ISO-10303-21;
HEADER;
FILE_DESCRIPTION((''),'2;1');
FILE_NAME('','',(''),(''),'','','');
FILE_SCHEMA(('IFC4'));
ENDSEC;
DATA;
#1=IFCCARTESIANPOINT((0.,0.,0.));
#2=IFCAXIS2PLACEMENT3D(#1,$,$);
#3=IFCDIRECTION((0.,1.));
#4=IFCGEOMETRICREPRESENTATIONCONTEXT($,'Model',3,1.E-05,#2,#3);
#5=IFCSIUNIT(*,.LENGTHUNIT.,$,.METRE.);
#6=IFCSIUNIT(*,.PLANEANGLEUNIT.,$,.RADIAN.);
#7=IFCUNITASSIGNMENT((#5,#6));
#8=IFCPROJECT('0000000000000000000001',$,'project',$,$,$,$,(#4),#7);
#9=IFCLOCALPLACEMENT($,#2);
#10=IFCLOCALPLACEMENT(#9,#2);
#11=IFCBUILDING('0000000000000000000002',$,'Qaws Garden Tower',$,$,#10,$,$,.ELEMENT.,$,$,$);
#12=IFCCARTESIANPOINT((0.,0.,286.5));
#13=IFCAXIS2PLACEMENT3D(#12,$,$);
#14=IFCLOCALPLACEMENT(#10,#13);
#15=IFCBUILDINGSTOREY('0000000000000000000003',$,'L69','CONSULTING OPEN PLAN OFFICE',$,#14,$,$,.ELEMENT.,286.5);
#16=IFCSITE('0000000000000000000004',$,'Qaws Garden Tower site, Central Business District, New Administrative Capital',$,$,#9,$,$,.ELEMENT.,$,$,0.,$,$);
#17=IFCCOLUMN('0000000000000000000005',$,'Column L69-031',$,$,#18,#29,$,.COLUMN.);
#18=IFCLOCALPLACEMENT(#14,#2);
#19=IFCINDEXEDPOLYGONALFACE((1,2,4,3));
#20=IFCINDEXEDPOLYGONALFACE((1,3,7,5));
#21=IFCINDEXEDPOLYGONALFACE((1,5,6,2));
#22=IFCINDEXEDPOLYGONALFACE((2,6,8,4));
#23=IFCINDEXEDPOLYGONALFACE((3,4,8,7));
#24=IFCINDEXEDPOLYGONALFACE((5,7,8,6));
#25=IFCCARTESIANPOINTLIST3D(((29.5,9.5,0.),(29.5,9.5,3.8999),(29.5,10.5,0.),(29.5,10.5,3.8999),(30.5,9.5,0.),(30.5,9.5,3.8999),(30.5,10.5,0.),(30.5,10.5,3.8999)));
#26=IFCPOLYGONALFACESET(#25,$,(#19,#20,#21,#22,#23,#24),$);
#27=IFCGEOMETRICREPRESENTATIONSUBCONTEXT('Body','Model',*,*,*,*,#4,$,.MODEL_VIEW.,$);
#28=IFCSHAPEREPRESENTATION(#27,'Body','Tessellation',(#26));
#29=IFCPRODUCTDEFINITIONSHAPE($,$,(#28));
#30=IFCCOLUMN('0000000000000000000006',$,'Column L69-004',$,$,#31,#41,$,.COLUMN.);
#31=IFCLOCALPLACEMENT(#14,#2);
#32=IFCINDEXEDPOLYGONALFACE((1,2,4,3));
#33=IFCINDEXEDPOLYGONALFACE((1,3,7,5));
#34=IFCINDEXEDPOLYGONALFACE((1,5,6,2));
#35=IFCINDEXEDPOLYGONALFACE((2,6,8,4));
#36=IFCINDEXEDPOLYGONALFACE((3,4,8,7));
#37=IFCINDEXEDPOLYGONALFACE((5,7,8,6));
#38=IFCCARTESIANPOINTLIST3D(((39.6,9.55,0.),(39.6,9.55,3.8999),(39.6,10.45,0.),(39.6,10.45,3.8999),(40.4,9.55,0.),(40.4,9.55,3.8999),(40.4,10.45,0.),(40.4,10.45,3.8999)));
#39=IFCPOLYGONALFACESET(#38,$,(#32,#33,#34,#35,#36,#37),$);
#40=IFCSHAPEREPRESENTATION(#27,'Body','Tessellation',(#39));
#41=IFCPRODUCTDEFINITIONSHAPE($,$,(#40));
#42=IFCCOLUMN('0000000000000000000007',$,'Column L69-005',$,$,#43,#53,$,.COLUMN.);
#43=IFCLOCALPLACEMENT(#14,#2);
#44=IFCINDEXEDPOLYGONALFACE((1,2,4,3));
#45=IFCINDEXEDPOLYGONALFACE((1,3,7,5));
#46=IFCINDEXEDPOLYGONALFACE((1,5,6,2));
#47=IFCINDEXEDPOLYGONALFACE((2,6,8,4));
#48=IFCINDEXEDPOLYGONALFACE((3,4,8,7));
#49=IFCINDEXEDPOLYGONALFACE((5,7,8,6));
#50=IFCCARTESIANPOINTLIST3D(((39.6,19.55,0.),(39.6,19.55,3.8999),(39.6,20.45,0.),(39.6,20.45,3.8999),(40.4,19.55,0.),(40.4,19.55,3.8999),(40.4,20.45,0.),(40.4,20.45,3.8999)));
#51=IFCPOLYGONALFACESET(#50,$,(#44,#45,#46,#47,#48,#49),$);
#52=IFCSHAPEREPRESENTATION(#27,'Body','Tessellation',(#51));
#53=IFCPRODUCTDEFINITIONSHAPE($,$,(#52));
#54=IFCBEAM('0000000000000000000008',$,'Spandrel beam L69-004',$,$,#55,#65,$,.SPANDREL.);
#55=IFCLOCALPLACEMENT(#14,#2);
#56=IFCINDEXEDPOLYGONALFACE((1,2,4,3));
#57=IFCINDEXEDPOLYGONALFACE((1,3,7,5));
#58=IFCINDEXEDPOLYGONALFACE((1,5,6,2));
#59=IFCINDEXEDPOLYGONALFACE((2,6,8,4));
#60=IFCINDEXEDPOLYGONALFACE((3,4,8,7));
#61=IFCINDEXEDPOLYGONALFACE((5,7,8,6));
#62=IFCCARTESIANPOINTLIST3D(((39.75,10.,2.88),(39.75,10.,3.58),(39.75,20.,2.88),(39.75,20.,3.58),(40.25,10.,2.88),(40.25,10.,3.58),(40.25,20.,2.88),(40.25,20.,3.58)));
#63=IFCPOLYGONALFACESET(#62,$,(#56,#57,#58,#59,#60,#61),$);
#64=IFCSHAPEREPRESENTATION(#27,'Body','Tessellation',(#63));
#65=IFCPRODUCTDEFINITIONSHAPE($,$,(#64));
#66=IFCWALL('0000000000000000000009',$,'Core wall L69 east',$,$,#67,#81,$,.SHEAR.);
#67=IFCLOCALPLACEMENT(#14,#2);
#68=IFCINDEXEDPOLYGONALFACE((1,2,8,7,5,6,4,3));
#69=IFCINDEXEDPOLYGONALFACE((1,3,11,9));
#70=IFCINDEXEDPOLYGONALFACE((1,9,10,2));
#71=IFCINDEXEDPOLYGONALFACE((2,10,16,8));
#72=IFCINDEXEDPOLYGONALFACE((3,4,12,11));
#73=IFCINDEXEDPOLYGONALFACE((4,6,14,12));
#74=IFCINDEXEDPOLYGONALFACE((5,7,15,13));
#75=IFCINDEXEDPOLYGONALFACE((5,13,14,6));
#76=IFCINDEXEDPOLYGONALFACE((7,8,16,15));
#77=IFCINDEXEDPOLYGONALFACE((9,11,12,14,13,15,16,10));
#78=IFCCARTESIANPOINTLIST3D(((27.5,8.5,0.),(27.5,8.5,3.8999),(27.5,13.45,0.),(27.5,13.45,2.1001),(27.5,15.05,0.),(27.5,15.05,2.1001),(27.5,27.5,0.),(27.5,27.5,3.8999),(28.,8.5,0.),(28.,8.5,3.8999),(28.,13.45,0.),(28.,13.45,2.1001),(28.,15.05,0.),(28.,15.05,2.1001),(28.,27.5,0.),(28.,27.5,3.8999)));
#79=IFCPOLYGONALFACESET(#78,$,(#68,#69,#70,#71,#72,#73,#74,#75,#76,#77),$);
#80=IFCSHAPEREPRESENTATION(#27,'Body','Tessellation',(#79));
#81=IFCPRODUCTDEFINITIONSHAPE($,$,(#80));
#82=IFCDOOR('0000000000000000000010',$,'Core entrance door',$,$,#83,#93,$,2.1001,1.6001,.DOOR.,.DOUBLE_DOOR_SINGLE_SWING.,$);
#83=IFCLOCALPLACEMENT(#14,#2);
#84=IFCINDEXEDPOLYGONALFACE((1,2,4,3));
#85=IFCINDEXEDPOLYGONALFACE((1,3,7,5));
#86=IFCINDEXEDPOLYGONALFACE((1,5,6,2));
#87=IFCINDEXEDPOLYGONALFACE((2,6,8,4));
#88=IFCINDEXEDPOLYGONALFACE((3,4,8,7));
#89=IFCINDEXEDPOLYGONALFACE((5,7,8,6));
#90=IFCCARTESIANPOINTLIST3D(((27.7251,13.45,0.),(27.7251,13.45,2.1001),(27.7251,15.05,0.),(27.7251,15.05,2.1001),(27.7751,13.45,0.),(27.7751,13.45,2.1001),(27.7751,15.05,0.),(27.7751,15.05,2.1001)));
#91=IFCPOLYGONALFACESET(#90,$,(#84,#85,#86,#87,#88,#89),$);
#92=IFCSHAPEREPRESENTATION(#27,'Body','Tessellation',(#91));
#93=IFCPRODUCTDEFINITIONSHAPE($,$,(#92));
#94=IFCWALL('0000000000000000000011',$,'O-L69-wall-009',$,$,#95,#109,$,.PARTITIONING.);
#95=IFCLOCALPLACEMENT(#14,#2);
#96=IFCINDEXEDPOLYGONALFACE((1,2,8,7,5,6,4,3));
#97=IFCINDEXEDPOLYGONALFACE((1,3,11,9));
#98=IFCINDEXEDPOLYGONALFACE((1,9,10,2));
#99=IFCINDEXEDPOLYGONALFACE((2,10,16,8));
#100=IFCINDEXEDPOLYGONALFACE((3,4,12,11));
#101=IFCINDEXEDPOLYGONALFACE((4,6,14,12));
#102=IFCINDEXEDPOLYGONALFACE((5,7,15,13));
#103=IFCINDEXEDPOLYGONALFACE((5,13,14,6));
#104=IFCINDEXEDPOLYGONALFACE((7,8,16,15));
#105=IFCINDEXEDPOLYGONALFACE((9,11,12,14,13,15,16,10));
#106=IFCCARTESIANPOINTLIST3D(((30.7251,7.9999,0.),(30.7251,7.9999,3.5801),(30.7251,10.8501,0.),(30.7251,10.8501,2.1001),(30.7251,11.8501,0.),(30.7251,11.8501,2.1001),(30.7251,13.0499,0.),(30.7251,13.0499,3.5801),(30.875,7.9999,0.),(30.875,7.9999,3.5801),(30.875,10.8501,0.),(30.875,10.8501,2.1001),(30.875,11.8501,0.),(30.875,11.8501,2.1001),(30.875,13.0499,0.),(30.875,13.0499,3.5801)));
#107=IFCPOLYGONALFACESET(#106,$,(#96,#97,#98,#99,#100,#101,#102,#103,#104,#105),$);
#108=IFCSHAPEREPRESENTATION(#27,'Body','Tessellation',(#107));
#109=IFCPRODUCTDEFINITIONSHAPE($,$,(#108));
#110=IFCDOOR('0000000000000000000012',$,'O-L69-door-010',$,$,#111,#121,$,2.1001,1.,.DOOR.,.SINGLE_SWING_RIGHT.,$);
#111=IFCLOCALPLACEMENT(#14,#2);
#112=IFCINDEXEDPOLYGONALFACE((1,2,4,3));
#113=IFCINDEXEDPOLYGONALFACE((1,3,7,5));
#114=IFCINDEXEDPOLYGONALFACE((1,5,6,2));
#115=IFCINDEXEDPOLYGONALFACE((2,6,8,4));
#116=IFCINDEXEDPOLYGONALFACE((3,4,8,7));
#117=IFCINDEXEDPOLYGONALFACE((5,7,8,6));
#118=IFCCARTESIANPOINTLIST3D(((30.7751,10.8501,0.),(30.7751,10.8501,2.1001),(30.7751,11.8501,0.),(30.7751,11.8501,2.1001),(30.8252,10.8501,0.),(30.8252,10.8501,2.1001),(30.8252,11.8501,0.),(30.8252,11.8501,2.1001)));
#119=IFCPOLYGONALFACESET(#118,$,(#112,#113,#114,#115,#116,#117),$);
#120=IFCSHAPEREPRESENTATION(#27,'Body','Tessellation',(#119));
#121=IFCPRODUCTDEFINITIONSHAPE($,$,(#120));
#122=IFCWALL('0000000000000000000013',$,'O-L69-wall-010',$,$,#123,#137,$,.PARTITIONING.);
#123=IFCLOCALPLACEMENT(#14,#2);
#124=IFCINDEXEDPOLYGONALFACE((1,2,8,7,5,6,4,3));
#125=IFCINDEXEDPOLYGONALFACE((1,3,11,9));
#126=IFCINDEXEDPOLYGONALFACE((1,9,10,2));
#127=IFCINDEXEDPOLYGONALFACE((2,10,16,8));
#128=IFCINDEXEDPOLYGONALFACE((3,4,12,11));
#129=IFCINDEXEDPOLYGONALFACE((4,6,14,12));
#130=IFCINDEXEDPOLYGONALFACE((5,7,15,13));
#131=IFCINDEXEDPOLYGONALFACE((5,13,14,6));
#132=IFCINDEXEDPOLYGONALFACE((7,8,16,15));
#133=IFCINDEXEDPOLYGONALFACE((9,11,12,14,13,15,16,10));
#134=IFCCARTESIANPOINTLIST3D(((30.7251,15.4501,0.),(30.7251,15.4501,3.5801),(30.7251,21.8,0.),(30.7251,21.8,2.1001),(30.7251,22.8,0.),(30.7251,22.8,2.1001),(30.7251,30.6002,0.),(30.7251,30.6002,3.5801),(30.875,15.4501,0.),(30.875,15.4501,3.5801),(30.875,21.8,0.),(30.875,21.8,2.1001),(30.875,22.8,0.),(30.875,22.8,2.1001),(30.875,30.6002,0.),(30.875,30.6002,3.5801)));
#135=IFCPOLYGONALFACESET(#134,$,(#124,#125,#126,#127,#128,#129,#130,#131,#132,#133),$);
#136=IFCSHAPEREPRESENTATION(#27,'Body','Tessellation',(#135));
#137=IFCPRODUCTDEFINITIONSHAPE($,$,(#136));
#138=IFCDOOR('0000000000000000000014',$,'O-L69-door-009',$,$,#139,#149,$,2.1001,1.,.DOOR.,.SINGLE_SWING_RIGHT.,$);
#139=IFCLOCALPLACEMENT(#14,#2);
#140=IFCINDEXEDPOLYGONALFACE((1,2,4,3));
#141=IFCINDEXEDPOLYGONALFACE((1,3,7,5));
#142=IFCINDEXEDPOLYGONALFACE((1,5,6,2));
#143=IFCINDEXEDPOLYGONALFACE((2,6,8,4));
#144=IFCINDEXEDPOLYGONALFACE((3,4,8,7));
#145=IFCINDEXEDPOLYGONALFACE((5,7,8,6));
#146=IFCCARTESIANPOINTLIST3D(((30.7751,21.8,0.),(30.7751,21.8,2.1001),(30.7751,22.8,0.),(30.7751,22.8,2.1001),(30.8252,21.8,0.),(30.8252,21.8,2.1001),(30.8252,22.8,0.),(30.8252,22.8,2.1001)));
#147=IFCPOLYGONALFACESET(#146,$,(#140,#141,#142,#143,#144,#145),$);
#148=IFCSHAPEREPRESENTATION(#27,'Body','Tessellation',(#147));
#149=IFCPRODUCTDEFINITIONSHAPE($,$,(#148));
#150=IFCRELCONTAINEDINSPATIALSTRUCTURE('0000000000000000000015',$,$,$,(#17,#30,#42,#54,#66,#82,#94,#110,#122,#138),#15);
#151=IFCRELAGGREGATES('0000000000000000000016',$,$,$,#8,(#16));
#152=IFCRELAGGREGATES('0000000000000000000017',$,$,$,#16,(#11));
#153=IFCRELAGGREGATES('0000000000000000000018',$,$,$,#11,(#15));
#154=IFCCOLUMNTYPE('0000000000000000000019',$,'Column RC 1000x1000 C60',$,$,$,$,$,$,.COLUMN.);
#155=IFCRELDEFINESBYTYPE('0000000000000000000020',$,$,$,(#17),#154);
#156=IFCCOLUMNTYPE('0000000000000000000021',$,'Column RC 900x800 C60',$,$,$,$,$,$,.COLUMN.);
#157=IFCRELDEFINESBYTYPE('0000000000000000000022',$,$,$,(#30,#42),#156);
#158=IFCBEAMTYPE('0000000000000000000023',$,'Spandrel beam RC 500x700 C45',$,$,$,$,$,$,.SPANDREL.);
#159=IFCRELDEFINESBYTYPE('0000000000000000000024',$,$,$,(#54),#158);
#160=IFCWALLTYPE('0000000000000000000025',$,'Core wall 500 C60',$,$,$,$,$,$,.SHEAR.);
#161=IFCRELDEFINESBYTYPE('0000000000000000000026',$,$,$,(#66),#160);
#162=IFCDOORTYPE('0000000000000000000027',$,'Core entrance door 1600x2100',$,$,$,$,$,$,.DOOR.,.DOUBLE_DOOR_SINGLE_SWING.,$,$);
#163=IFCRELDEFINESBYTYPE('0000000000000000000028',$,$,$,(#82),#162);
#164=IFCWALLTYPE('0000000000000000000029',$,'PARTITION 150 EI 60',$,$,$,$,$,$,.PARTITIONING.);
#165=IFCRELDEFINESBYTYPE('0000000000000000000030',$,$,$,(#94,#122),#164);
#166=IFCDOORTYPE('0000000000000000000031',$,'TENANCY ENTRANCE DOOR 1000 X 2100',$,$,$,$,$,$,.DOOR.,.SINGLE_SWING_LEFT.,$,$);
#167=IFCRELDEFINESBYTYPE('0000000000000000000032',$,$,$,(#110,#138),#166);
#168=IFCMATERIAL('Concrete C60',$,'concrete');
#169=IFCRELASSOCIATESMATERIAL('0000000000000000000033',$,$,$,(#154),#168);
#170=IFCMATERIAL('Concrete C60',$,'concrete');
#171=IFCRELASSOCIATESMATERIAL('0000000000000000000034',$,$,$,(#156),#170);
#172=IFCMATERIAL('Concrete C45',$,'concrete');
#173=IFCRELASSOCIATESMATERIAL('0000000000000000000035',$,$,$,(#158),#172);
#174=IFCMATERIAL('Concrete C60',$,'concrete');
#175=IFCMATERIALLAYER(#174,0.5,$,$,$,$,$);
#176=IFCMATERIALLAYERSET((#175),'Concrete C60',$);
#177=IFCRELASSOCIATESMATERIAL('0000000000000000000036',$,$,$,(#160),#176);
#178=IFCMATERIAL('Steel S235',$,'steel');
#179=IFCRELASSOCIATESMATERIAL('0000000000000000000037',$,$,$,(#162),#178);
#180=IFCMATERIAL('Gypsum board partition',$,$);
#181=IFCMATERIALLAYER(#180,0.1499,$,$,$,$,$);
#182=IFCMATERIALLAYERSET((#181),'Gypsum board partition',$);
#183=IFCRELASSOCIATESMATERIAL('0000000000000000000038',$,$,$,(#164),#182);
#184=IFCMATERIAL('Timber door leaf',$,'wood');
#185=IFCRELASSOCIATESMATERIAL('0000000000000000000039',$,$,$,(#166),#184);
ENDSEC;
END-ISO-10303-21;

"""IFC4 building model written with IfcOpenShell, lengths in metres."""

from ifc_helpers import new_model, si_unit, direction, frame, frame_2d, origin, origin_2d, place, context, subcontext, project, spatial, rectangle, extrude, material, layer, layer_set, material_profile, profile_set, type_object, element, fill, save


model = new_model("IFC4")

# Units and contexts
model_context = context("Model", 3, precision=1e-05, world=origin(), true_north=direction((0.0, 1.0)))
body_context = subcontext(model_context, "Body", "Model", "MODEL_VIEW")
ifc_project = project(units=[si_unit("LENGTHUNIT", "METRE"), si_unit("PLANEANGLEUNIT", "RADIAN")], contexts=[model_context])

# Site, building, storey
site_placement = place(None, origin())
site = spatial("IfcSite", under=ifc_project, at=site_placement, Name="Qaws Garden Tower site, Central Business District, New Administrative Capital", CompositionType="ELEMENT", RefElevation=0.0)
building_placement = place(site_placement, origin())
building = spatial("IfcBuilding", under=site, at=building_placement, Name="Qaws Garden Tower", CompositionType="ELEMENT")
storey_placement = place(building_placement, frame((0.0, 0.0, 286.5)))
storey = spatial("IfcBuildingStorey", under=building, at=storey_placement, Name="L69", Description="CONSULTING OPEN PLAN OFFICE", CompositionType="ELEMENT", Elevation=286.5)

# Columns
ifc_material_1 = material(Name="Concrete C60", Category="concrete")
ifc_material_profile_1 = material_profile(ifc_material_1, rectangle(XDim=1.0, YDim=1.0, at=origin_2d()), Name="RC 1000x1000")
ifc_profile_set_1 = profile_set([ifc_material_profile_1], Name="Concrete C60")
column_type_1 = type_object("IfcColumnType", Name="Column RC 1000x1000 C60", PredefinedType="COLUMN", material=ifc_profile_set_1)
column_placement = place(storey_placement, frame((30.0, 10.0, 0.0), z_axis=(0.0, 0.0, 1.0), x_axis=(1.0, 0.0, 0.0)))
element("IfcColumn", 1, at=column_placement, inside=storey, type_object=column_type_1, Name="Column L69-031", PredefinedType="COLUMN", context=body_context, shape_type="SweptSolid", body=[
    extrude(rectangle(XDim=1.0, YDim=1.0, at=origin_2d()), origin(), (0.0, 0.0, 1.0), 3.8999),
])
ifc_material_2 = material(Name="Concrete C60", Category="concrete")
ifc_material_profile_2 = material_profile(ifc_material_2, rectangle(XDim=0.8999, YDim=0.8, at=origin_2d()), Name="RC 900x800")
ifc_profile_set_2 = profile_set([ifc_material_profile_2], Name="Concrete C60")
column_type_2 = type_object("IfcColumnType", Name="Column RC 900x800 C60", PredefinedType="COLUMN", material=ifc_profile_set_2)
for number, where, z_axis, x_axis, name in (
    (2, (40.0, 10.0, 0.0), (0.0, 0.0, 1.0), (0.0, 1.0, 0.0), "Column L69-004"),
    (3, (40.0, 20.0, 0.0), (0.0, 0.0, 1.0), (0.0, 1.0, 0.0), "Column L69-005"),
):
    element("IfcColumn", number, at=place(storey_placement, frame(where, z_axis=z_axis, x_axis=x_axis)), inside=storey, type_object=column_type_2, Name=name, PredefinedType="COLUMN", context=body_context, shape_type="SweptSolid", body=[
        extrude(rectangle(XDim=0.8999, YDim=0.8, at=origin_2d()), origin(), (0.0, 0.0, 1.0), 3.8999),
    ])

# Beam
ifc_material_3 = material(Name="Concrete C45", Category="concrete")
ifc_material_profile_3 = material_profile(ifc_material_3, rectangle(XDim=0.5, YDim=0.7, at=origin_2d()), Name="RC 500x700")
ifc_profile_set_3 = profile_set([ifc_material_profile_3], Name="Concrete C45")
beam_type = type_object("IfcBeamType", Name="Spandrel beam RC 500x700 C45", PredefinedType="SPANDREL", material=ifc_profile_set_3)
beam_placement = place(storey_placement, frame((40.0, 10.0, 3.23), z_axis=(0.0, 1.0, 0.0), x_axis=(-1.0, 0.0, 0.0)))
element("IfcBeam", 4, at=beam_placement, inside=storey, type_object=beam_type, Name="Spandrel beam L69-004", PredefinedType="SPANDREL", context=body_context, shape_type="SweptSolid", body=[
    extrude(rectangle(XDim=0.5, YDim=0.7, at=origin_2d()), origin(), (0.0, 0.0, 1.0), 10.0),
])

# Walls, openings, doors
ifc_material_4 = material(Name="Concrete C60", Category="concrete")
ifc_layer_1 = layer(ifc_material_4, 0.5)
ifc_layer_set_1 = layer_set([ifc_layer_1], Name="Concrete C60")
wall_type_1 = type_object("IfcWallType", Name="Core wall 500 C60", PredefinedType="SHEAR", material=ifc_layer_set_1)
wall_1_placement = place(storey_placement, frame((27.75, 8.5, 0.0), z_axis=(0.0, 0.0, 1.0), x_axis=(0.0, 1.0, 0.0)))
wall_1 = element("IfcWall", 5, at=wall_1_placement, inside=storey, type_object=wall_type_1, Name="Core wall L69 east", PredefinedType="SHEAR", context=body_context, shape_type="SweptSolid", body=[
    extrude(rectangle(XDim=19.0, YDim=0.5, at=frame_2d((9.5, 0.0))), origin(), (0.0, 0.0, 1.0), 3.8999),
])
opening_1_placement = place(wall_1_placement, frame((4.95, 0.0, 0.0)))
opening_1 = element("IfcOpeningElement", 6, at=opening_1_placement, cuts=wall_1, PredefinedType="OPENING", context=body_context, shape_type="SweptSolid", body=[
    extrude(rectangle(XDim=1.6001, YDim=2.1001, at=frame_2d((0.8, 1.05))), frame((0.0, 0.26, 0.0), z_axis=(0.0, -1.0, 0.0), x_axis=(1.0, 0.0, 0.0)), (0.0, 0.0, 1.0), 0.52),
])
ifc_material_5 = material(Name="Steel S235", Category="steel")
door_type_1 = type_object("IfcDoorType", Name="Core entrance door 1600x2100", OperationType="DOUBLE_DOOR_SINGLE_SWING", PredefinedType="DOOR", material=ifc_material_5)
door_1_placement = place(opening_1_placement, origin())
door_1 = element("IfcDoor", 7, at=door_1_placement, inside=storey, type_object=door_type_1, Name="Core entrance door", OperationType="DOUBLE_DOOR_SINGLE_SWING", OverallHeight=2.1001, OverallWidth=1.6001, PredefinedType="DOOR", context=body_context, shape_type="SweptSolid", body=[
    extrude(rectangle(XDim=1.6001, YDim=2.1001, at=frame_2d((0.8, 1.05))), frame((0.0, 0.0249, 0.0), z_axis=(0.0, -1.0, 0.0), x_axis=(1.0, 0.0, 0.0)), (0.0, 0.0, 1.0), 0.05),
])
fill(opening_1, door_1)
ifc_material_6 = material(Name="Gypsum board partition")
ifc_layer_2 = layer(ifc_material_6, 0.1499)
ifc_layer_set_2 = layer_set([ifc_layer_2], Name="Gypsum board partition")
wall_type_2 = type_object("IfcWallType", Name="PARTITION 150 EI 60", PredefinedType="PARTITIONING", material=ifc_layer_set_2)
wall_2_placement = place(storey_placement, frame((30.8, 8.0, 0.0), z_axis=(0.0, 0.0, 1.0), x_axis=(0.0, 1.0, 0.0)))
wall_2 = element("IfcWall", 8, at=wall_2_placement, inside=storey, type_object=wall_type_2, Name="O-L69-wall-009", PredefinedType="PARTITIONING", context=body_context, shape_type="SweptSolid", body=[
    extrude(rectangle(XDim=5.05, YDim=0.1499, at=frame_2d((2.5249, 0.0))), origin(), (0.0, 0.0, 1.0), 3.5801),
])
opening_2_placement = place(wall_2_placement, frame((2.8501, 0.0, 0.0)))
opening_2 = element("IfcOpeningElement", 9, at=opening_2_placement, cuts=wall_2, PredefinedType="OPENING", context=body_context, shape_type="SweptSolid", body=[
    extrude(rectangle(XDim=1.0, YDim=2.1001, at=frame_2d((0.5, 1.05))), frame((0.0, 0.085, 0.0), z_axis=(0.0, -1.0, 0.0), x_axis=(1.0, 0.0, 0.0)), (0.0, 0.0, 1.0), 0.1699),
])
ifc_material_7 = material(Name="Timber door leaf", Category="wood")
door_type_2 = type_object("IfcDoorType", Name="TENANCY ENTRANCE DOOR 1000 X 2100", OperationType="SINGLE_SWING_LEFT", PredefinedType="DOOR", material=ifc_material_7)
door_2_placement = place(opening_2_placement, origin())
door_2 = element("IfcDoor", 10, at=door_2_placement, inside=storey, type_object=door_type_2, Name="O-L69-door-010", OperationType="SINGLE_SWING_RIGHT", OverallHeight=2.1001, OverallWidth=1.0, PredefinedType="DOOR", context=body_context, shape_type="SweptSolid", body=[
    extrude(rectangle(XDim=1.0, YDim=2.1001, at=frame_2d((0.5, 1.05))), frame((0.0, 0.0249, 0.0), z_axis=(0.0, -1.0, 0.0), x_axis=(1.0, 0.0, 0.0)), (0.0, 0.0, 1.0), 0.05),
])
fill(opening_2, door_2)
wall_3_placement = place(storey_placement, frame((30.8, 15.45, 0.0), z_axis=(0.0, 0.0, 1.0), x_axis=(0.0, 1.0, 0.0)))
wall_3 = element("IfcWall", 11, at=wall_3_placement, inside=storey, type_object=wall_type_2, Name="O-L69-wall-010", PredefinedType="PARTITIONING", context=body_context, shape_type="SweptSolid", body=[
    extrude(rectangle(XDim=15.1501, YDim=0.1499, at=frame_2d((7.5752, 0.0))), origin(), (0.0, 0.0, 1.0), 3.5801),
])
opening_3_placement = place(wall_3_placement, frame((6.3501, 0.0, 0.0)))
opening_3 = element("IfcOpeningElement", 12, at=opening_3_placement, cuts=wall_3, PredefinedType="OPENING", context=body_context, shape_type="SweptSolid", body=[
    extrude(rectangle(XDim=1.0, YDim=2.1001, at=frame_2d((0.5, 1.05))), frame((0.0, 0.085, 0.0), z_axis=(0.0, -1.0, 0.0), x_axis=(1.0, 0.0, 0.0)), (0.0, 0.0, 1.0), 0.1699),
])
door_3_placement = place(opening_3_placement, origin())
door_3 = element("IfcDoor", 13, at=door_3_placement, inside=storey, type_object=door_type_2, Name="O-L69-door-009", OperationType="SINGLE_SWING_RIGHT", OverallHeight=2.1001, OverallWidth=1.0, PredefinedType="DOOR", context=body_context, shape_type="SweptSolid", body=[
    extrude(rectangle(XDim=1.0, YDim=2.1001, at=frame_2d((0.5, 1.05))), frame((0.0, 0.0249, 0.0), z_axis=(0.0, -1.0, 0.0), x_axis=(1.0, 0.0, 0.0)), (0.0, 0.0, 1.0), 0.05),
])
fill(opening_3, door_3)

save(model, "model.ifc")
